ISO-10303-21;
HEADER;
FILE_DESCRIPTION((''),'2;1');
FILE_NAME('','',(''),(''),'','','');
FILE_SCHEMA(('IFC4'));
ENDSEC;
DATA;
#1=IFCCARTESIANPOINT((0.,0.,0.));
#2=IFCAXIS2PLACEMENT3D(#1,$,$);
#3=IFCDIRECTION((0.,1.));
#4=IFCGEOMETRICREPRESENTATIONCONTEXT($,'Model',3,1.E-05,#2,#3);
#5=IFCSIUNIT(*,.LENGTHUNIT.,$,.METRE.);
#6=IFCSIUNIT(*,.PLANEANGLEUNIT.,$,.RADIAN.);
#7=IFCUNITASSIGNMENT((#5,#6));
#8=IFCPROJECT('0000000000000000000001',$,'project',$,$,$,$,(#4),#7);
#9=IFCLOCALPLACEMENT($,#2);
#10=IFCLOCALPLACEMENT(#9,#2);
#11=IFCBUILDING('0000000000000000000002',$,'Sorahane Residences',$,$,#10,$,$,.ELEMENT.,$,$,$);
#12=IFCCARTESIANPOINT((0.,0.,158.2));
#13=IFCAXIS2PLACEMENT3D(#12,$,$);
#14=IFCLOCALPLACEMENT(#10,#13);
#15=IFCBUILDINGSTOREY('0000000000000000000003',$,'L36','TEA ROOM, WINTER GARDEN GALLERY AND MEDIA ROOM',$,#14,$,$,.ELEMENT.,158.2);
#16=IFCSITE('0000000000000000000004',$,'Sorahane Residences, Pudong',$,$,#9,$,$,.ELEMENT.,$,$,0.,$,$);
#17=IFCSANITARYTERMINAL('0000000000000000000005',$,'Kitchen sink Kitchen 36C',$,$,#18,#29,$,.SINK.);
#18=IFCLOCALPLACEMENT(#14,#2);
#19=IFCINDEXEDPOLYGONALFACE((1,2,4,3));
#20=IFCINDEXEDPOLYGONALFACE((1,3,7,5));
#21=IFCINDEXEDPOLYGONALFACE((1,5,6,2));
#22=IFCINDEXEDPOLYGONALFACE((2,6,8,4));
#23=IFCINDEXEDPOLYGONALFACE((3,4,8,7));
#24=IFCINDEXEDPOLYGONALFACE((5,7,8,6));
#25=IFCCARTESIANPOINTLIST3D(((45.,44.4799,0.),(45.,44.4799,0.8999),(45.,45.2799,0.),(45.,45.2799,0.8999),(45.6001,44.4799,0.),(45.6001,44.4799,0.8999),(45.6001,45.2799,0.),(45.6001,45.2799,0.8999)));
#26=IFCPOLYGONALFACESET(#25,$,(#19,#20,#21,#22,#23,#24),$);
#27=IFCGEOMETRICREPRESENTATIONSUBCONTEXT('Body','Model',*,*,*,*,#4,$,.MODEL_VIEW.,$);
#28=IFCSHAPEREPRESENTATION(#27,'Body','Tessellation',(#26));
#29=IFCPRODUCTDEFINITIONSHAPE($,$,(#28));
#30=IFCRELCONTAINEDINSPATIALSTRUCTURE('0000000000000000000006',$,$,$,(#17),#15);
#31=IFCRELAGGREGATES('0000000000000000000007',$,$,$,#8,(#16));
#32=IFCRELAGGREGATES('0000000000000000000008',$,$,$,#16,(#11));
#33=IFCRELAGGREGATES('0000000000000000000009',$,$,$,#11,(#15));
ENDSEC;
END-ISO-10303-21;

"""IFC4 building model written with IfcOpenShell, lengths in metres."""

from ifc_helpers import new_model, si_unit, direction, frame, origin, origin_2d, place, context, subcontext, project, spatial, rectangle, extrude, element, save


model = new_model("IFC4")

# Units and contexts
model_context = context("Model", 3, precision=1e-05, world=origin(), true_north=direction((0.0, 1.0)))
body_context = subcontext(model_context, "Body", "Model", "MODEL_VIEW")
ifc_project = project(units=[si_unit("LENGTHUNIT", "METRE"), si_unit("PLANEANGLEUNIT", "RADIAN")], contexts=[model_context])

# Site, building, storey
site_placement = place(None, origin())
site = spatial("IfcSite", under=ifc_project, at=site_placement, Name="Sorahane Residences, Pudong", CompositionType="ELEMENT", RefElevation=0.0)
building_placement = place(site_placement, origin())
building = spatial("IfcBuilding", under=site, at=building_placement, Name="Sorahane Residences", CompositionType="ELEMENT")
storey_placement = place(building_placement, frame((0.0, 0.0, 158.2)))
storey = spatial("IfcBuildingStorey", under=building, at=storey_placement, Name="L36", Description="TEA ROOM, WINTER GARDEN GALLERY AND MEDIA ROOM", CompositionType="ELEMENT", Elevation=158.2)

# Sanitary terminal
sanitary_terminal_placement = place(storey_placement, frame((45.3, 44.8799, 0.0), z_axis=(0.0, 0.0, 1.0), x_axis=(0.0, 1.0, 0.0)))
element("IfcSanitaryTerminal", 1, at=sanitary_terminal_placement, inside=storey, Name="Kitchen sink Kitchen 36C", PredefinedType="SINK", context=body_context, shape_type="SweptSolid", body=[
    extrude(rectangle(XDim=0.8, YDim=0.6001, at=origin_2d()), origin(), (0.0, 0.0, 1.0), 0.8999),
])

save(model, "model.ifc")
